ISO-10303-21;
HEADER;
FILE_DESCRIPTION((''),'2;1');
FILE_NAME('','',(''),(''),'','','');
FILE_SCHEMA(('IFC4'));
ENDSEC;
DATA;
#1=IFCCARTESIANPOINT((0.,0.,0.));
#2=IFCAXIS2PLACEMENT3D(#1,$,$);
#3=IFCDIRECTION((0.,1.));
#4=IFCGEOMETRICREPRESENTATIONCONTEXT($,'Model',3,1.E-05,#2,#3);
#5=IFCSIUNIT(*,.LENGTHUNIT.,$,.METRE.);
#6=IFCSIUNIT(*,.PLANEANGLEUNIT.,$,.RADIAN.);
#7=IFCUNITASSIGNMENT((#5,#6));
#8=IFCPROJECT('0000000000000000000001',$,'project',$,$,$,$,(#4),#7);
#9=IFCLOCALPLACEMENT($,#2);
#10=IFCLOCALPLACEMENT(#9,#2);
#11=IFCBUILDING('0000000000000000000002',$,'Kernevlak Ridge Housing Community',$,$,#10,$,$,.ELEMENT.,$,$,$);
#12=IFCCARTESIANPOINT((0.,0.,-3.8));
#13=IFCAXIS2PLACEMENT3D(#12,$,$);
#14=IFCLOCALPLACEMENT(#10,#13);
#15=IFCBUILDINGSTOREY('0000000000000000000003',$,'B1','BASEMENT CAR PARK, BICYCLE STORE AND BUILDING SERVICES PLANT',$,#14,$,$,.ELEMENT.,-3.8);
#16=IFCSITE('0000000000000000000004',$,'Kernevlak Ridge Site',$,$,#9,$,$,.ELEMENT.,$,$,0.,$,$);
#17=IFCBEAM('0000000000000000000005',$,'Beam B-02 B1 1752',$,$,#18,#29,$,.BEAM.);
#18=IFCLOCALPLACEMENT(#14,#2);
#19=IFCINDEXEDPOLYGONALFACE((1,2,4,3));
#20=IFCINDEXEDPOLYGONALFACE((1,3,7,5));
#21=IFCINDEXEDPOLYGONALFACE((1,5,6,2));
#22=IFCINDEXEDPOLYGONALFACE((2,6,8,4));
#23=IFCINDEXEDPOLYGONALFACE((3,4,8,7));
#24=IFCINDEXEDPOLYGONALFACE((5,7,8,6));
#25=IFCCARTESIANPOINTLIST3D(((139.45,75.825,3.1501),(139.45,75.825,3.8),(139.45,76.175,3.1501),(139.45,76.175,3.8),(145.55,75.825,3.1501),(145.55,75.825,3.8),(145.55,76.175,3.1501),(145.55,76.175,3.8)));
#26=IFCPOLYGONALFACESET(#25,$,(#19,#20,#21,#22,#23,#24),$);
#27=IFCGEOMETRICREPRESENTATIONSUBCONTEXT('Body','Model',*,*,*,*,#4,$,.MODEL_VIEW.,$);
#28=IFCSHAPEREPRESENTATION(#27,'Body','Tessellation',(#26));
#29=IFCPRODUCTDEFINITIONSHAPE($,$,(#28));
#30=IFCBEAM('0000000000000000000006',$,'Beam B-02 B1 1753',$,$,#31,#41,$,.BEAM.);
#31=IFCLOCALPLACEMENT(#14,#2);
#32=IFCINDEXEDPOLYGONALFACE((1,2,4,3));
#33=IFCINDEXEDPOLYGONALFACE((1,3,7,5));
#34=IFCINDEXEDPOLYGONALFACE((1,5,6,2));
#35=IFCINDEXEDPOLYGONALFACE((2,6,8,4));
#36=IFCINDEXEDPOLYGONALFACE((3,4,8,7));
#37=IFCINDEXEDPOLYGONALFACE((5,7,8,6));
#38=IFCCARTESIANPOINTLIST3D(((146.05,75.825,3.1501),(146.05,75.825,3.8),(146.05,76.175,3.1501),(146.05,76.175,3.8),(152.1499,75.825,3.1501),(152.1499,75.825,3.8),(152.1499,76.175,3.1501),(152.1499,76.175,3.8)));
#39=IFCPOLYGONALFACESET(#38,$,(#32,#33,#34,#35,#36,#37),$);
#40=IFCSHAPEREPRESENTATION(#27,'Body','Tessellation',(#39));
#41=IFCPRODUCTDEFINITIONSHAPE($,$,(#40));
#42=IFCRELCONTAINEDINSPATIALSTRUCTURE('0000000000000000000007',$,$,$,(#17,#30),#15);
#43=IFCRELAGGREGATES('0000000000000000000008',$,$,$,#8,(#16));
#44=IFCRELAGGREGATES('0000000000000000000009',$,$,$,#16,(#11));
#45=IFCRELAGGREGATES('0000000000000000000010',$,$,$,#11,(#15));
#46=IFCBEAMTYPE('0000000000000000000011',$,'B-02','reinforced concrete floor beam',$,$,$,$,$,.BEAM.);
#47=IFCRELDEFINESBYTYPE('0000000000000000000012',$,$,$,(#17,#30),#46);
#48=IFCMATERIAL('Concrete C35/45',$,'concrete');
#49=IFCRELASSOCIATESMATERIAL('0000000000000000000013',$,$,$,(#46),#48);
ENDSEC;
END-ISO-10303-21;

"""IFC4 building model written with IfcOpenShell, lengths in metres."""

from ifc_helpers import new_model, si_unit, direction, frame, origin, origin_2d, place, context, subcontext, project, spatial, rectangle, extrude, material, material_profile, profile_set, type_object, element, save


model = new_model("IFC4")

# Units and contexts
model_context = context("Model", 3, precision=1e-05, world=origin(), true_north=direction((0.0, 1.0)))
body_context = subcontext(model_context, "Body", "Model", "MODEL_VIEW")
ifc_project = project(units=[si_unit("LENGTHUNIT", "METRE"), si_unit("PLANEANGLEUNIT", "RADIAN")], contexts=[model_context])

# Site, building, storey
site_placement = place(None, origin())
site = spatial("IfcSite", under=ifc_project, at=site_placement, Name="Kernevlak Ridge Site", CompositionType="ELEMENT", RefElevation=0.0)
building_placement = place(site_placement, origin())
building = spatial("IfcBuilding", under=site, at=building_placement, Name="Kernevlak Ridge Housing Community", CompositionType="ELEMENT")
storey_placement = place(building_placement, frame((0.0, 0.0, -3.8)))
storey = spatial("IfcBuildingStorey", under=building, at=storey_placement, Name="B1", Description="BASEMENT CAR PARK, BICYCLE STORE AND BUILDING SERVICES PLANT", CompositionType="ELEMENT", Elevation=-3.8)

# Shared definitions
ifc_material_1 = material(Name="Concrete C35/45", Category="concrete")

# Beams
ifc_material_profile_1 = material_profile(ifc_material_1, rectangle(XDim=0.3501, YDim=0.6499, at=origin_2d()), Name="RC 350x650")
ifc_profile_set_1 = profile_set([ifc_material_profile_1], Name="Concrete C35/45")
beam_type = type_object("IfcBeamType", Name="B-02", Description="reinforced concrete floor beam", PredefinedType="BEAM", material=ifc_profile_set_1)
beam_1_placement = place(storey_placement, frame((139.45, 76.0, 3.4751), z_axis=(1.0, 0.0, 0.0), x_axis=(0.0, 1.0, 0.0)))
element("IfcBeam", 1, at=beam_1_placement, inside=storey, type_object=beam_type, Name="Beam B-02 B1 1752", PredefinedType="BEAM", context=body_context, shape_type="SweptSolid", body=[
    extrude(rectangle(XDim=0.3501, YDim=0.6499, at=origin_2d()), origin(), (0.0, 0.0, 1.0), 6.1001),
])
beam_2_placement = place(storey_placement, frame((146.05, 76.0, 3.4751), z_axis=(1.0, 0.0, 0.0), x_axis=(0.0, 1.0, 0.0)))
element("IfcBeam", 2, at=beam_2_placement, inside=storey, type_object=beam_type, Name="Beam B-02 B1 1753", PredefinedType="BEAM", context=body_context, shape_type="SweptSolid", body=[
    extrude(rectangle(XDim=0.3501, YDim=0.6499, at=origin_2d()), origin(), (0.0, 0.0, 1.0), 6.0999),
])

save(model, "model.ifc")
